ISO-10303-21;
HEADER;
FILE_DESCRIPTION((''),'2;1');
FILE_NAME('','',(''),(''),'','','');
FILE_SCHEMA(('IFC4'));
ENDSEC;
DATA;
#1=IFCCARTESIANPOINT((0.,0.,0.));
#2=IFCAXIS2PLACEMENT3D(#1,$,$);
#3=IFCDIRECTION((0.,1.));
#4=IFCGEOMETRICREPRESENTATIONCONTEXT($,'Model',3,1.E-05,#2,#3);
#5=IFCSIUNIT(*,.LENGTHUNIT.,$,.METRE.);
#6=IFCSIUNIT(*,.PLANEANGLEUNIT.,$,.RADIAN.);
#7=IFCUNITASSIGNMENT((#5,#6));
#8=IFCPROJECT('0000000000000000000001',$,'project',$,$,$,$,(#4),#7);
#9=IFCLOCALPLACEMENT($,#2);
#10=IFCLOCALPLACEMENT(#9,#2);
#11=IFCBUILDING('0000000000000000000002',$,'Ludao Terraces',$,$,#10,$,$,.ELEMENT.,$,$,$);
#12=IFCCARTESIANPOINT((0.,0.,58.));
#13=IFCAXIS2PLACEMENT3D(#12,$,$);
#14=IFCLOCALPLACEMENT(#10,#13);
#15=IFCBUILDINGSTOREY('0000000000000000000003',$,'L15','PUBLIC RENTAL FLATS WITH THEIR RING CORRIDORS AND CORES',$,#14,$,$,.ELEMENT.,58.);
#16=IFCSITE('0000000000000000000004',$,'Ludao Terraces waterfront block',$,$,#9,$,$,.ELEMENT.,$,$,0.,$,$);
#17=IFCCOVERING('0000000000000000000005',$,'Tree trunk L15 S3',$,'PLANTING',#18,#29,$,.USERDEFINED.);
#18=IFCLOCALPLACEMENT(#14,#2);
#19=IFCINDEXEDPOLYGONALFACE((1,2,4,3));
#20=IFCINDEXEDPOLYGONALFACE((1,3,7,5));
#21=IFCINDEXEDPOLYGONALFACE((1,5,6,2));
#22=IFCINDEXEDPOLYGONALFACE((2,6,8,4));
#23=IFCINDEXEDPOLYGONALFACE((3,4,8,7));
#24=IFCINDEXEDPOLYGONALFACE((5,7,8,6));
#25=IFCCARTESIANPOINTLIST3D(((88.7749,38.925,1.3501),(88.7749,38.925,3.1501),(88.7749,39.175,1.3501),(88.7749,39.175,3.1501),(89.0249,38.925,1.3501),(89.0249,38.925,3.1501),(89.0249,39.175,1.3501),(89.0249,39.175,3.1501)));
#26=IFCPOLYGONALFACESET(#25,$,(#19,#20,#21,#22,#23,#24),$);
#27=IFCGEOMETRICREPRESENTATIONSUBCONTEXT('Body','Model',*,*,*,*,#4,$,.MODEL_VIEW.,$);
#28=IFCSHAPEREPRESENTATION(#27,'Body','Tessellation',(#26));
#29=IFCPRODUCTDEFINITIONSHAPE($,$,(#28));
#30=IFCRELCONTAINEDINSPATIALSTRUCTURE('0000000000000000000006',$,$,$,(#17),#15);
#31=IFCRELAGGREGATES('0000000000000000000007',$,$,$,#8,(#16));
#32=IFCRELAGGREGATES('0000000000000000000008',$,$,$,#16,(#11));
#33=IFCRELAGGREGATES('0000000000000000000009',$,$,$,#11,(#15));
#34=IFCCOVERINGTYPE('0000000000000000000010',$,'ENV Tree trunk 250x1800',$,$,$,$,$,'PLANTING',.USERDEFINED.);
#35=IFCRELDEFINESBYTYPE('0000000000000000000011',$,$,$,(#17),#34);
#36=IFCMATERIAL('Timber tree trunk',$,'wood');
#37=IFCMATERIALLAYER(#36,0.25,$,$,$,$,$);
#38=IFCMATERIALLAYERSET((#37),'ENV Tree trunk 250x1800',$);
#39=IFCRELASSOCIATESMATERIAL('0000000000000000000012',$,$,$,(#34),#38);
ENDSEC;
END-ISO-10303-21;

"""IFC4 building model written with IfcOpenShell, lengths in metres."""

from ifc_helpers import new_model, si_unit, direction, frame, origin, origin_2d, place, context, subcontext, project, spatial, rectangle, extrude, material, layer, layer_set, type_object, element, save


model = new_model("IFC4")

# Units and contexts
model_context = context("Model", 3, precision=1e-05, world=origin(), true_north=direction((0.0, 1.0)))
body_context = subcontext(model_context, "Body", "Model", "MODEL_VIEW")
ifc_project = project(units=[si_unit("LENGTHUNIT", "METRE"), si_unit("PLANEANGLEUNIT", "RADIAN")], contexts=[model_context])

# Site, building, storey
site_placement = place(None, origin())
site = spatial("IfcSite", under=ifc_project, at=site_placement, Name="Ludao Terraces waterfront block", CompositionType="ELEMENT", RefElevation=0.0)
building_placement = place(site_placement, origin())
building = spatial("IfcBuilding", under=site, at=building_placement, Name="Ludao Terraces", CompositionType="ELEMENT")
storey_placement = place(building_placement, frame((0.0, 0.0, 58.0)))
storey = spatial("IfcBuildingStorey", under=building, at=storey_placement, Name="L15", Description="PUBLIC RENTAL FLATS WITH THEIR RING CORRIDORS AND CORES", CompositionType="ELEMENT", Elevation=58.0)

# Covering
ifc_material_1 = material(Name="Timber tree trunk", Category="wood")
ifc_layer_1 = layer(ifc_material_1, 0.25)
ifc_layer_set_1 = layer_set([ifc_layer_1], Name="ENV Tree trunk 250x1800")
covering_type_1 = type_object("IfcCoveringType", Name="ENV Tree trunk 250x1800", ElementType="PLANTING", PredefinedType="USERDEFINED", material=ifc_layer_set_1)
covering_1_placement = place(storey_placement, frame((88.8999, 39.05, 1.3501), z_axis=(0.0, 0.0, 1.0), x_axis=(1.0, 0.0, 0.0)))
element("IfcCovering", 1, at=covering_1_placement, inside=storey, type_object=covering_type_1, Name="Tree trunk L15 S3", ObjectType="PLANTING", PredefinedType="USERDEFINED", context=body_context, shape_type="SweptSolid", body=[
    extrude(rectangle(XDim=0.25, YDim=0.25, at=origin_2d()), origin(), (0.0, 0.0, 1.0), 1.8),
])

save(model, "model.ifc")
